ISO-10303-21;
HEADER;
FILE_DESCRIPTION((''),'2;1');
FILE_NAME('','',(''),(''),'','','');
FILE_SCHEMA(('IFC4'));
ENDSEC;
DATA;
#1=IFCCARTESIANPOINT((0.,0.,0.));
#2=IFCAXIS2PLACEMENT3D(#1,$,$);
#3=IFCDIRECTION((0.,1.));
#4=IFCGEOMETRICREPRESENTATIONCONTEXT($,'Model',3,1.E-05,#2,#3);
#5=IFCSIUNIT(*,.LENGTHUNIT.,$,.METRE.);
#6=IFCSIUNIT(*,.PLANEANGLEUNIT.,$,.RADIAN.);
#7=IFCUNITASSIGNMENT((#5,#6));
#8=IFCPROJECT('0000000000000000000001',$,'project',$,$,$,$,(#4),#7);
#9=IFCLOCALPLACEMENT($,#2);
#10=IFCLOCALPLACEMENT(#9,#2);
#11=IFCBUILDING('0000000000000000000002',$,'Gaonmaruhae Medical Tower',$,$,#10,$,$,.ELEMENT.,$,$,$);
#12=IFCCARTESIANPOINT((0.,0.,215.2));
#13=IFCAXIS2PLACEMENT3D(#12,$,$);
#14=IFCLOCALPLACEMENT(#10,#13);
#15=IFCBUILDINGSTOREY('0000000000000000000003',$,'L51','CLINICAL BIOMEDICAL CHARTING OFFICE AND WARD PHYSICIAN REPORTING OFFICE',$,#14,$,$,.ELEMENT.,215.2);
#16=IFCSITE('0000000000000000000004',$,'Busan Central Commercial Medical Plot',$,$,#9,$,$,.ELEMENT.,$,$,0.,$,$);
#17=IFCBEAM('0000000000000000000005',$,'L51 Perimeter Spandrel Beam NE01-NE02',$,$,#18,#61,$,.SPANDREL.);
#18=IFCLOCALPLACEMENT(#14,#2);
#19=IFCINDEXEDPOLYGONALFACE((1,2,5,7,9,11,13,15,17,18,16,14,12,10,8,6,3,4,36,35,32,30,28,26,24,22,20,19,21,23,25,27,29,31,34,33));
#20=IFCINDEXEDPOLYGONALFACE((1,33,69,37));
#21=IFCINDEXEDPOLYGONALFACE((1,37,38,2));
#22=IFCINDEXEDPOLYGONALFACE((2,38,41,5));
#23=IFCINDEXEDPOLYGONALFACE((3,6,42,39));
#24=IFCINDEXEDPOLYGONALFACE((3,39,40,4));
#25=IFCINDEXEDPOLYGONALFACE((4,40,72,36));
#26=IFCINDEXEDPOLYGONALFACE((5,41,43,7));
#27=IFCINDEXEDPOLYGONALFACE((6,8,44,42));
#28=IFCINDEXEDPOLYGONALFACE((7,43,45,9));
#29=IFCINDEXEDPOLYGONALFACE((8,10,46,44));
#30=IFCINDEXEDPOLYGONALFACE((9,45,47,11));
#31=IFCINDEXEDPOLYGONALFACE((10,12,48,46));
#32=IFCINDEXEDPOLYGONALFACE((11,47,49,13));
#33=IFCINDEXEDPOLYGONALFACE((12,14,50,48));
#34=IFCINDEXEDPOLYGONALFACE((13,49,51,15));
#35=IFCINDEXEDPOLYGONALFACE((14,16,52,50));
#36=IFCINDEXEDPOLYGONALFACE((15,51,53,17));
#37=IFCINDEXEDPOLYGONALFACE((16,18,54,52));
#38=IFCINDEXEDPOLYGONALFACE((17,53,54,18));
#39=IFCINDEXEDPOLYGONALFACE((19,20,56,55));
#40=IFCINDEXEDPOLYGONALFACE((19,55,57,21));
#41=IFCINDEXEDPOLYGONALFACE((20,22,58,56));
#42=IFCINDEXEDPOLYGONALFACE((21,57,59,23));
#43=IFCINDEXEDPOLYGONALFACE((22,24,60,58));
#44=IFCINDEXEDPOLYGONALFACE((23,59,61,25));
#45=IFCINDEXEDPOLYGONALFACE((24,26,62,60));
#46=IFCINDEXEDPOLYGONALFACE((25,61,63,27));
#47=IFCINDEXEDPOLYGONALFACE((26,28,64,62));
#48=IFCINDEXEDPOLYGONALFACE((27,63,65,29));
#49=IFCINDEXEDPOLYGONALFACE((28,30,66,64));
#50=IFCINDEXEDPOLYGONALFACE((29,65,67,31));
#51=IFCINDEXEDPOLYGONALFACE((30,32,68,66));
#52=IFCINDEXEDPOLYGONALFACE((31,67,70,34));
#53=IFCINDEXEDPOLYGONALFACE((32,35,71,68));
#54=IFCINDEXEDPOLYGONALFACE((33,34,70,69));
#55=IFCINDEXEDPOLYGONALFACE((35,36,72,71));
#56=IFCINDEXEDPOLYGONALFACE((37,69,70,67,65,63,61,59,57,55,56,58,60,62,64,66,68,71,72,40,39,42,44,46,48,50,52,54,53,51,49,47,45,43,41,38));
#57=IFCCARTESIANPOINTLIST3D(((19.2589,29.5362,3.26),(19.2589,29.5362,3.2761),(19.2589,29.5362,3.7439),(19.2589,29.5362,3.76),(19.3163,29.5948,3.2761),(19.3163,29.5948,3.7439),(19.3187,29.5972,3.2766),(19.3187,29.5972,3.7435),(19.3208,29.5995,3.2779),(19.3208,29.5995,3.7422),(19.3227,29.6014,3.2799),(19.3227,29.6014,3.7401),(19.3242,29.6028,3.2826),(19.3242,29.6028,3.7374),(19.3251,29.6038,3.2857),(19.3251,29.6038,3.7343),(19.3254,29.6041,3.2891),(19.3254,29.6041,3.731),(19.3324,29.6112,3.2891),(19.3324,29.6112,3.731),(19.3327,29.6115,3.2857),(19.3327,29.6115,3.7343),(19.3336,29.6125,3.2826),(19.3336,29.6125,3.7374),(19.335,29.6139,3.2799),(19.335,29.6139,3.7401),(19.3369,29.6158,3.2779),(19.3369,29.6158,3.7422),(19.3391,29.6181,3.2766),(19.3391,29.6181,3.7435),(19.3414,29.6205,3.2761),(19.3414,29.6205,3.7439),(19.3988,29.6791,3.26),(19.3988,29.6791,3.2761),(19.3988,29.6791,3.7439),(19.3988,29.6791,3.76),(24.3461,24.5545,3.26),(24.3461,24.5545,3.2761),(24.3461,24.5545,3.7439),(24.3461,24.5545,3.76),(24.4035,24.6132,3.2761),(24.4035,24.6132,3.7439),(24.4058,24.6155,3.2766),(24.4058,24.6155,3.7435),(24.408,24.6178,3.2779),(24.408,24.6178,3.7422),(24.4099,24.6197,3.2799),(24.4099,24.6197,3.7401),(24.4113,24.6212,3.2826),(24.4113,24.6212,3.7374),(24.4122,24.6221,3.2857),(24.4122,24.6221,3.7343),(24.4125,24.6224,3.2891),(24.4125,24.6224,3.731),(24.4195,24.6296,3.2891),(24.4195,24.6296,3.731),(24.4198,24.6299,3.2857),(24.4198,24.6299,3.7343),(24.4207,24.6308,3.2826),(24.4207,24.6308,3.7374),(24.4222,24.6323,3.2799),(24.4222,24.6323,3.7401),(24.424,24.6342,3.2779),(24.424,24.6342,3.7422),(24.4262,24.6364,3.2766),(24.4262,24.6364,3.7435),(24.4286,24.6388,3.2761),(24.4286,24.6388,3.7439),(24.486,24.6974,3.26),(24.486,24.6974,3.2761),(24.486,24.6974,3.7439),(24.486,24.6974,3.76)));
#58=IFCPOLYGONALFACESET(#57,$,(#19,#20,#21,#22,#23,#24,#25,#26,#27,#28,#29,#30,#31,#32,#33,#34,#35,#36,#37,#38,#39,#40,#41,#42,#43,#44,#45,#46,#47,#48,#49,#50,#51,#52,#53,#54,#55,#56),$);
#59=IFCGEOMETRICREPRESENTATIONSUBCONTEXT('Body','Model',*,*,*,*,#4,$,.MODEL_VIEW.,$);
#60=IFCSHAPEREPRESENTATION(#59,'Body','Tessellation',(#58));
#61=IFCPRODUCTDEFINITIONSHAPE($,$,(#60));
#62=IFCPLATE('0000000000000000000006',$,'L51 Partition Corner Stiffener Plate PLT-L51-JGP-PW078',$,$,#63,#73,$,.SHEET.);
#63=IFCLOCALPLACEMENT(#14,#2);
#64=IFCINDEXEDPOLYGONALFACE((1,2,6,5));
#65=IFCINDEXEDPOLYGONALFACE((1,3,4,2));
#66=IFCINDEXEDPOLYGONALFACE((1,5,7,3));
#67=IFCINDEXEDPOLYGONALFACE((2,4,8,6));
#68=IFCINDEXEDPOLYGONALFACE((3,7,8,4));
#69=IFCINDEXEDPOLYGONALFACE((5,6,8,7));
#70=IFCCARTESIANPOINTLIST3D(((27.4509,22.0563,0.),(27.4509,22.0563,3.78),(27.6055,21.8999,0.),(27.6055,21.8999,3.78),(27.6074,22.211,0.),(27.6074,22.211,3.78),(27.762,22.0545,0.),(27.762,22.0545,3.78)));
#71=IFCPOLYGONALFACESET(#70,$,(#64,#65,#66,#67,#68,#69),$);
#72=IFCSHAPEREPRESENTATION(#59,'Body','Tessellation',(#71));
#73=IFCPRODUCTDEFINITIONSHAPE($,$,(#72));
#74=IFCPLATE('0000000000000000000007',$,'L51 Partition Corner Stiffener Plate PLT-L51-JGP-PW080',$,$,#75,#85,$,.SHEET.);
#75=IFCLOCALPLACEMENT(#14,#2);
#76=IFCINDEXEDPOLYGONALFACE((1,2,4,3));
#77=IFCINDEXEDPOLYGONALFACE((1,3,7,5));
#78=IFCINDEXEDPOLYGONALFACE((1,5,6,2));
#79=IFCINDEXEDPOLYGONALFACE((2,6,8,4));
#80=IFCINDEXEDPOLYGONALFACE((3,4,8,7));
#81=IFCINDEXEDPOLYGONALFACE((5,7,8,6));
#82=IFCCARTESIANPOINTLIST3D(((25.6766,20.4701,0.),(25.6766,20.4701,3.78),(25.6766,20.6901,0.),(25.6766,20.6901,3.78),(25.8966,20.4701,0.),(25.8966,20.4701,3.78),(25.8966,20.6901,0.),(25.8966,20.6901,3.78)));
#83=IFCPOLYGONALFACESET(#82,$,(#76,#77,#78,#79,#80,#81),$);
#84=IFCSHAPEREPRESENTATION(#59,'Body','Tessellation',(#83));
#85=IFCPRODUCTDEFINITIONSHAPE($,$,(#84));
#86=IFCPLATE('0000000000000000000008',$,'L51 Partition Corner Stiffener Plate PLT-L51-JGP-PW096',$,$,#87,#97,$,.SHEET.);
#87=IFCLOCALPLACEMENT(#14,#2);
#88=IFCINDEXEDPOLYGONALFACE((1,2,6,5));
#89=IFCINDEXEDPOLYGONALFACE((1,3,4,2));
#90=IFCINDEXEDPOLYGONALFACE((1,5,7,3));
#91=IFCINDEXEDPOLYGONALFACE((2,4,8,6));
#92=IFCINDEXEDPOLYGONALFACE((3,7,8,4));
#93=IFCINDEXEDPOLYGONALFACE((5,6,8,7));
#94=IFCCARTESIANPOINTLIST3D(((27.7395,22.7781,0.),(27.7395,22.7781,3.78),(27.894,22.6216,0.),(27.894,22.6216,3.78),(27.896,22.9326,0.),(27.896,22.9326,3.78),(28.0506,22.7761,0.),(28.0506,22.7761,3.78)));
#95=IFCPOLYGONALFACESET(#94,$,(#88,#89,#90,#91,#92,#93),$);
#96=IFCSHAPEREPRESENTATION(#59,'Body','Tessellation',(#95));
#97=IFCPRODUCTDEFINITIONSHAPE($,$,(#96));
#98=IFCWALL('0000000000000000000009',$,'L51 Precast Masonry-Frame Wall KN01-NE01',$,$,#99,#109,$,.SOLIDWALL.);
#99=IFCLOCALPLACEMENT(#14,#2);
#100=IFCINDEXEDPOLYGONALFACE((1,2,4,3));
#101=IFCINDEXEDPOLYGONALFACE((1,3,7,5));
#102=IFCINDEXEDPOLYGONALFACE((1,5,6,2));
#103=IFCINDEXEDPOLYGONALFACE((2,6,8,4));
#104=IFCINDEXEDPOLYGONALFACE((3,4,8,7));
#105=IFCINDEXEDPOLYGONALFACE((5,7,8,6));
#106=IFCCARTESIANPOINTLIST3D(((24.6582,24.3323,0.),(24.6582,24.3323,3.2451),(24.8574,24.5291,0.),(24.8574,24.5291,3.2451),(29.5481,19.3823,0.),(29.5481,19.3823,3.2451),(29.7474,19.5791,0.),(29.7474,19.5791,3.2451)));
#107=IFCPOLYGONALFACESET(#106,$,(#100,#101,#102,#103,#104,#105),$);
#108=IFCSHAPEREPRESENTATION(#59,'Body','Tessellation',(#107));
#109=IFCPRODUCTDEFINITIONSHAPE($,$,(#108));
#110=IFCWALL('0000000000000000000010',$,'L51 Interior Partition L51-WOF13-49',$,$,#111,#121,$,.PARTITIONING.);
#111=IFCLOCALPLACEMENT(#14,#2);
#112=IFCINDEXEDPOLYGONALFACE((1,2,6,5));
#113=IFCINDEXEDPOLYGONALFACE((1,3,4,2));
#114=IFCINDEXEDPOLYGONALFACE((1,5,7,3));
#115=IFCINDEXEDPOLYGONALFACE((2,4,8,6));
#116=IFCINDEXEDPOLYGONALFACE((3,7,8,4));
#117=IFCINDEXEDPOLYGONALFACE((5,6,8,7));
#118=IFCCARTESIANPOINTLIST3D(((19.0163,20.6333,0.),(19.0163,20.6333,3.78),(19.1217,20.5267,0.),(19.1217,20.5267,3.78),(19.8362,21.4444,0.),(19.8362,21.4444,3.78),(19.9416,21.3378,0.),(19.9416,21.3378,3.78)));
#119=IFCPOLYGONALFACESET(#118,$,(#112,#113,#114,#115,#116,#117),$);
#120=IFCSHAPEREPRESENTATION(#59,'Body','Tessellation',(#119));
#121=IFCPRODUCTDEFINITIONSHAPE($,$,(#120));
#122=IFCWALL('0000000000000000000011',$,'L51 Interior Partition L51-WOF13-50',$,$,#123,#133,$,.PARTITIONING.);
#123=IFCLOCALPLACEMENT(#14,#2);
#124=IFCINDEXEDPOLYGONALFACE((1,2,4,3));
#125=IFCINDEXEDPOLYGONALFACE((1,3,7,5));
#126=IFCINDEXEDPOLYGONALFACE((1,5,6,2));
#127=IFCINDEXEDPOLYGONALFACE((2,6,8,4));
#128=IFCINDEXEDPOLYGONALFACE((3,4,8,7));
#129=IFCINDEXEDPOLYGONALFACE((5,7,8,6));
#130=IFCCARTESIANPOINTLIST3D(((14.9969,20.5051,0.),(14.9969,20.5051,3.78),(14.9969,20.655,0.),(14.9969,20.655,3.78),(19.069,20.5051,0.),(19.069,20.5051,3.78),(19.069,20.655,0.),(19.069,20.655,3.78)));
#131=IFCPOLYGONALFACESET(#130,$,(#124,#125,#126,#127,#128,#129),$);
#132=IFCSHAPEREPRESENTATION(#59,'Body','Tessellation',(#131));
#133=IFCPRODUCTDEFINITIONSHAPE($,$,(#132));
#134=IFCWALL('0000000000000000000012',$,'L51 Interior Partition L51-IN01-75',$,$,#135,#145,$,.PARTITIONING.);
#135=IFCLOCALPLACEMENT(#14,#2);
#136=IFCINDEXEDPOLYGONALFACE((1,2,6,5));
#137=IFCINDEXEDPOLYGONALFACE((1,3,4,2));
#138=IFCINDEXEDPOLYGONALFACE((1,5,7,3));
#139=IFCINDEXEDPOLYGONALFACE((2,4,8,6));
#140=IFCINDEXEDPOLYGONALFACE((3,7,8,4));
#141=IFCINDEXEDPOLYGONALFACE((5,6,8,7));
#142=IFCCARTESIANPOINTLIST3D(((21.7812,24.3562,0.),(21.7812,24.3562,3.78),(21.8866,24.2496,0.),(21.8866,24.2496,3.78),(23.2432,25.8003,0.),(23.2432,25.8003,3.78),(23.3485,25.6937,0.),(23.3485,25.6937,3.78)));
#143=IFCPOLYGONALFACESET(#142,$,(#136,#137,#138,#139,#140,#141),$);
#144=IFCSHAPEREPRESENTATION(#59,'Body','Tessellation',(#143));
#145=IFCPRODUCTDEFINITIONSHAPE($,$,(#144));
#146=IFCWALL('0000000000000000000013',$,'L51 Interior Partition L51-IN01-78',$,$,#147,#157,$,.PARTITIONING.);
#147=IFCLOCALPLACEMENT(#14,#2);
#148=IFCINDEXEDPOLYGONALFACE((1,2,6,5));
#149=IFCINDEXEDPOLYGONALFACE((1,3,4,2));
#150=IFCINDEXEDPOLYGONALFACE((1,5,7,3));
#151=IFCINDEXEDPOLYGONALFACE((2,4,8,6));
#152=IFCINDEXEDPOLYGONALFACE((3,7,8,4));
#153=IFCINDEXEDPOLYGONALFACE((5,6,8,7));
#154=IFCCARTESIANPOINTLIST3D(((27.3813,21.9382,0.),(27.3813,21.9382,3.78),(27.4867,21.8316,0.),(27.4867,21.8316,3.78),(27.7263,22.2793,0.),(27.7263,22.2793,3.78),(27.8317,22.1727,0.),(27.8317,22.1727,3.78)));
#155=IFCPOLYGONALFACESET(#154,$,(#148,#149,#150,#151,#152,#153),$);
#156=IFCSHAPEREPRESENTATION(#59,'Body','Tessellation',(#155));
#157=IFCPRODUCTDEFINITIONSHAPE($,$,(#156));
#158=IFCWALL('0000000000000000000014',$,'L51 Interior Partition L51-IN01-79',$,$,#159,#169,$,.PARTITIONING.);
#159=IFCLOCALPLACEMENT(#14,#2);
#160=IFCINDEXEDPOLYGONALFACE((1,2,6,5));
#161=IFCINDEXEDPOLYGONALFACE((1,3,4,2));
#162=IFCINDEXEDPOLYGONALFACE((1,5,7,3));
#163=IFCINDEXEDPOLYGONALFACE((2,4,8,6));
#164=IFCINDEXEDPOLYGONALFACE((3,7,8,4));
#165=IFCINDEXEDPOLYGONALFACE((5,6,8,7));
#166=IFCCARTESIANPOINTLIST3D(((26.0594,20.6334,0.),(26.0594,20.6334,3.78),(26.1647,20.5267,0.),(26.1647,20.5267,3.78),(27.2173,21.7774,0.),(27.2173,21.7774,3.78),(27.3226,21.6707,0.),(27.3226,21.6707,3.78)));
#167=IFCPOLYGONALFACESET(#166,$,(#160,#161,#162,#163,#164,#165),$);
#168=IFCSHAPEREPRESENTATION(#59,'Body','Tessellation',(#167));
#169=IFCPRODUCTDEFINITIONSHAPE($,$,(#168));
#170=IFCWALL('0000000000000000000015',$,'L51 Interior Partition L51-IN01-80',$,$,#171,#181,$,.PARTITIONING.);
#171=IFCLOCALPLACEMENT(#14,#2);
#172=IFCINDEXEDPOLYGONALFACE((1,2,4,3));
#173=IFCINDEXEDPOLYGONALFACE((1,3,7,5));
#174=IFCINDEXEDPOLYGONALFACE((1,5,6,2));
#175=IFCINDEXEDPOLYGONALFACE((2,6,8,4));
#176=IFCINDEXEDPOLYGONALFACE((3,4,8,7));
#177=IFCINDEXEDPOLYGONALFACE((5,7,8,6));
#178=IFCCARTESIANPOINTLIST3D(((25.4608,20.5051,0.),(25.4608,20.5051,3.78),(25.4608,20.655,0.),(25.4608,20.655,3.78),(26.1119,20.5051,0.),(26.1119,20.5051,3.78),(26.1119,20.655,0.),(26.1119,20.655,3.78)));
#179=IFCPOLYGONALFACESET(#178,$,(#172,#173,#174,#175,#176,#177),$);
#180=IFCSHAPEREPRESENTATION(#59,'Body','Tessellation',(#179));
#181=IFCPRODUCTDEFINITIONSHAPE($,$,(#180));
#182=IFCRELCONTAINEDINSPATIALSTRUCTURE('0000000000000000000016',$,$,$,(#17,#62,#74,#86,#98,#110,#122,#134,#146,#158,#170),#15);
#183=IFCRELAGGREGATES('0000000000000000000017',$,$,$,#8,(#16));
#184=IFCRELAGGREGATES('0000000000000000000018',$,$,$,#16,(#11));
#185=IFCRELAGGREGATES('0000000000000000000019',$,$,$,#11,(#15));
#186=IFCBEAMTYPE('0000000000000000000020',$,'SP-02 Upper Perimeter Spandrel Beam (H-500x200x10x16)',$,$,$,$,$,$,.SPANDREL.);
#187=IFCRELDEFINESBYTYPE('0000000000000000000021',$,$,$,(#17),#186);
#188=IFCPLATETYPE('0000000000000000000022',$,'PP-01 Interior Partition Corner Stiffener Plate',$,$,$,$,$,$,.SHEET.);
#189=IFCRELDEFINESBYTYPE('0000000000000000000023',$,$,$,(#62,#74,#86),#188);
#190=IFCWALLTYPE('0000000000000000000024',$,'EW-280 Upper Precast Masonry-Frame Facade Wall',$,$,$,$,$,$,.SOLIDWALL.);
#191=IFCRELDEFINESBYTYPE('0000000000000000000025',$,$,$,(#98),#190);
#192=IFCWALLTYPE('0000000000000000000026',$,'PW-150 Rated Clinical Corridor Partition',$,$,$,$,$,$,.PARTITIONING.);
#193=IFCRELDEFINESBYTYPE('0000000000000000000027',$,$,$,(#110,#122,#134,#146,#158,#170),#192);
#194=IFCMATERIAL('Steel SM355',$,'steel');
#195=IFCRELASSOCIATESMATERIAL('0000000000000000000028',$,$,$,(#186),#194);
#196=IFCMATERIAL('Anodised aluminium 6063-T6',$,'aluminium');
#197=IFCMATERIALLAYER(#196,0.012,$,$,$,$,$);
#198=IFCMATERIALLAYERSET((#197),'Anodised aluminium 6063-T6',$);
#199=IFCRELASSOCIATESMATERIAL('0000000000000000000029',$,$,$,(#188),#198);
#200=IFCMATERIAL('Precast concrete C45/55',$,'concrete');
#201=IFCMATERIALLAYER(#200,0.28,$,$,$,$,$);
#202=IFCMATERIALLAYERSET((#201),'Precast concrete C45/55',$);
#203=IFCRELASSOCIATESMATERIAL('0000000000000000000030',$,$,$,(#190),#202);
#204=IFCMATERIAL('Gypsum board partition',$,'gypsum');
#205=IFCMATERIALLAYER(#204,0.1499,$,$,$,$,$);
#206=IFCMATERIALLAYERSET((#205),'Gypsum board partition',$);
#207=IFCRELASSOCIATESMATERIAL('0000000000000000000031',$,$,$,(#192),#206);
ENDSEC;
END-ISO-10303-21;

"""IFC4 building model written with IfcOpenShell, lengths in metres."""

from ifc_helpers import new_model, si_unit, direction, frame, frame_2d, origin, origin_2d, place, context, subcontext, project, spatial, rectangle, i_section, extrude, material, layer, layer_set, material_profile, profile_set, type_object, element, save


model = new_model("IFC4")

# Units and contexts
model_context = context("Model", 3, precision=1e-05, world=origin(), true_north=direction((0.0, 1.0)))
body_context = subcontext(model_context, "Body", "Model", "MODEL_VIEW")
ifc_project = project(units=[si_unit("LENGTHUNIT", "METRE"), si_unit("PLANEANGLEUNIT", "RADIAN")], contexts=[model_context])

# Site, building, storey
site_placement = place(None, origin())
site = spatial("IfcSite", under=ifc_project, at=site_placement, Name="Busan Central Commercial Medical Plot", CompositionType="ELEMENT", RefElevation=0.0)
building_placement = place(site_placement, origin())
building = spatial("IfcBuilding", under=site, at=building_placement, Name="Gaonmaruhae Medical Tower", CompositionType="ELEMENT")
storey_placement = place(building_placement, frame((0.0, 0.0, 215.2)))
storey = spatial("IfcBuildingStorey", under=building, at=storey_placement, Name="L51", Description="CLINICAL BIOMEDICAL CHARTING OFFICE AND WARD PHYSICIAN REPORTING OFFICE", CompositionType="ELEMENT", Elevation=215.2)

# Beam
ifc_material_1 = material(Name="Steel SM355", Category="steel")
ifc_material_profile_1 = material_profile(ifc_material_1, i_section(OverallWidth=0.2, OverallDepth=0.5, WebThickness=0.01, FlangeThickness=0.0161, FilletRadius=0.0129, at=origin_2d()), Name="H-500x200x10x16")
ifc_profile_set_1 = profile_set([ifc_material_profile_1], Name="Steel SM355")
beam_type_1 = type_object("IfcBeamType", Name="SP-02 Upper Perimeter Spandrel Beam (H-500x200x10x16)", PredefinedType="SPANDREL", material=ifc_profile_set_1)
beam_1_placement = place(storey_placement, frame((24.416, 24.626, 3.51), z_axis=(-0.714474, 0.699662, 0.0), x_axis=(-0.699662, -0.714474, 0.0)))
element("IfcBeam", 1, at=beam_1_placement, inside=storey, type_object=beam_type_1, Name="L51 Perimeter Spandrel Beam NE01-NE02", PredefinedType="SPANDREL", context=body_context, shape_type="SweptSolid", body=[
    extrude(i_section(OverallWidth=0.2, OverallDepth=0.5, WebThickness=0.01, FlangeThickness=0.0161, FilletRadius=0.0129, at=origin_2d()), origin(), (0.0, 0.0, 1.0), 7.1201),
])

# Plates
ifc_material_2 = material(Name="Anodised aluminium 6063-T6", Category="aluminium")
ifc_layer_1 = layer(ifc_material_2, 0.012)
ifc_layer_set_1 = layer_set([ifc_layer_1], Name="Anodised aluminium 6063-T6")
plate_type = type_object("IfcPlateType", Name="PP-01 Interior Partition Corner Stiffener Plate", PredefinedType="SHEET", material=ifc_layer_set_1)
for number, where, z_axis, x_axis, name in (
    (2, (27.6064, 22.0554, 0.0), (0.0, 0.0, 1.0), (-0.711217, -0.702973, 0.0), "L51 Partition Corner Stiffener Plate PLT-L51-JGP-PW078"),
    (3, (25.7866, 20.5801, 0.0), (0.0, 0.0, 1.0), (-1.0, 0.0, 0.0), "L51 Partition Corner Stiffener Plate PLT-L51-JGP-PW080"),
    (4, (27.895, 22.7771, 0.0), (0.0, 0.0, 1.0), (-0.711536, -0.70265, 0.0), "L51 Partition Corner Stiffener Plate PLT-L51-JGP-PW096"),
):
    element("IfcPlate", number, at=place(storey_placement, frame(where, z_axis=z_axis, x_axis=x_axis)), inside=storey, type_object=plate_type, Name=name, PredefinedType="SHEET", context=body_context, shape_type="SweptSolid", body=[
        extrude(rectangle(XDim=0.22, YDim=0.22, at=origin_2d()), origin(), (0.0, 0.0, 1.0), 3.78),
    ])

# Walls
ifc_material_3 = material(Name="Precast concrete C45/55", Category="concrete")
ifc_layer_2 = layer(ifc_material_3, 0.28)
ifc_layer_set_2 = layer_set([ifc_layer_2], Name="Precast concrete C45/55")
wall_type_1 = type_object("IfcWallType", Name="EW-280 Upper Precast Masonry-Frame Facade Wall", PredefinedType="SOLIDWALL", material=ifc_layer_set_2)
wall_1_placement = place(storey_placement, frame((24.7578, 24.4307, 0.0), z_axis=(0.0, 0.0, 1.0), x_axis=(0.702778, -0.711409, 0.0)))
element("IfcWall", 5, at=wall_1_placement, inside=storey, type_object=wall_type_1, Name="L51 Precast Masonry-Frame Wall KN01-NE01", PredefinedType="SOLIDWALL", context=body_context, shape_type="SweptSolid", body=[
    extrude(rectangle(XDim=6.958, YDim=0.28, at=frame_2d((3.479, 0.0))), origin(), (0.0, 0.0, 1.0), 3.2451),
])
ifc_material_4 = material(Name="Gypsum board partition", Category="gypsum")
ifc_layer_3 = layer(ifc_material_4, 0.1499)
ifc_layer_set_3 = layer_set([ifc_layer_3], Name="Gypsum board partition")
wall_type_2 = type_object("IfcWallType", Name="PW-150 Rated Clinical Corridor Partition", PredefinedType="PARTITIONING", material=ifc_layer_set_3)
wall_2_placement = place(storey_placement, frame((19.8889, 21.3911, 0.0), z_axis=(0.0, 0.0, 1.0), x_axis=(-0.710907, -0.703286, 0.0)))
element("IfcWall", 6, at=wall_2_placement, inside=storey, type_object=wall_type_2, Name="L51 Interior Partition L51-WOF13-49", PredefinedType="PARTITIONING", context=body_context, shape_type="SweptSolid", body=[
    extrude(rectangle(XDim=1.1533, YDim=0.1499, at=frame_2d((0.5767, 0.0))), origin(), (0.0, 0.0, 1.0), 3.78),
])
wall_3_placement = place(storey_placement, frame((19.0691, 20.5801, 0.0), z_axis=(0.0, 0.0, 1.0), x_axis=(-1.0, 0.0, 0.0)))
element("IfcWall", 7, at=wall_3_placement, inside=storey, type_object=wall_type_2, Name="L51 Interior Partition L51-WOF13-50", PredefinedType="PARTITIONING", context=body_context, shape_type="SweptSolid", body=[
    extrude(rectangle(XDim=4.072, YDim=0.1499, at=frame_2d((2.0361, 0.0))), origin(), (0.0, 0.0, 1.0), 3.78),
])
wall_4_placement = place(storey_placement, frame((21.834, 24.303, 0.0), z_axis=(0.0, 0.0, 1.0), x_axis=(0.71143, 0.702757, 0.0)))
element("IfcWall", 8, at=wall_4_placement, inside=storey, type_object=wall_type_2, Name="L51 Interior Partition L51-IN01-75", PredefinedType="PARTITIONING", context=body_context, shape_type="SweptSolid", body=[
    extrude(rectangle(XDim=2.0549, YDim=0.1499, at=frame_2d((1.0273, 0.0))), origin(), (0.0, 0.0, 1.0), 3.78),
])
wall_5_placement = place(storey_placement, frame((27.7791, 22.2261, 0.0), z_axis=(0.0, 0.0, 1.0), x_axis=(-0.711121, -0.703069, 0.0)))
element("IfcWall", 9, at=wall_5_placement, inside=storey, type_object=wall_type_2, Name="L51 Interior Partition L51-IN01-78", PredefinedType="PARTITIONING", context=body_context, shape_type="SweptSolid", body=[
    extrude(rectangle(XDim=0.4851, YDim=0.1499, at=frame_2d((0.2427, 0.0))), origin(), (0.0, 0.0, 1.0), 3.78),
])
wall_6_placement = place(storey_placement, frame((27.27, 21.7241, 0.0), z_axis=(0.0, 0.0, 1.0), x_axis=(-0.711368, -0.702819, 0.0)))
element("IfcWall", 10, at=wall_6_placement, inside=storey, type_object=wall_type_2, Name="L51 Interior Partition L51-IN01-79", PredefinedType="PARTITIONING", context=body_context, shape_type="SweptSolid", body=[
    extrude(rectangle(XDim=1.6277, YDim=0.1499, at=frame_2d((0.814, 0.0))), origin(), (0.0, 0.0, 1.0), 3.78),
])
wall_7_placement = place(storey_placement, frame((26.1121, 20.5801, 0.0), z_axis=(0.0, 0.0, 1.0), x_axis=(-1.0, 0.0, 0.0)))
element("IfcWall", 11, at=wall_7_placement, inside=storey, type_object=wall_type_2, Name="L51 Interior Partition L51-IN01-80", PredefinedType="PARTITIONING", context=body_context, shape_type="SweptSolid", body=[
    extrude(rectangle(XDim=0.6511, YDim=0.1499, at=frame_2d((0.3257, 0.0))), origin(), (0.0, 0.0, 1.0), 3.78),
])

save(model, "model.ifc")
